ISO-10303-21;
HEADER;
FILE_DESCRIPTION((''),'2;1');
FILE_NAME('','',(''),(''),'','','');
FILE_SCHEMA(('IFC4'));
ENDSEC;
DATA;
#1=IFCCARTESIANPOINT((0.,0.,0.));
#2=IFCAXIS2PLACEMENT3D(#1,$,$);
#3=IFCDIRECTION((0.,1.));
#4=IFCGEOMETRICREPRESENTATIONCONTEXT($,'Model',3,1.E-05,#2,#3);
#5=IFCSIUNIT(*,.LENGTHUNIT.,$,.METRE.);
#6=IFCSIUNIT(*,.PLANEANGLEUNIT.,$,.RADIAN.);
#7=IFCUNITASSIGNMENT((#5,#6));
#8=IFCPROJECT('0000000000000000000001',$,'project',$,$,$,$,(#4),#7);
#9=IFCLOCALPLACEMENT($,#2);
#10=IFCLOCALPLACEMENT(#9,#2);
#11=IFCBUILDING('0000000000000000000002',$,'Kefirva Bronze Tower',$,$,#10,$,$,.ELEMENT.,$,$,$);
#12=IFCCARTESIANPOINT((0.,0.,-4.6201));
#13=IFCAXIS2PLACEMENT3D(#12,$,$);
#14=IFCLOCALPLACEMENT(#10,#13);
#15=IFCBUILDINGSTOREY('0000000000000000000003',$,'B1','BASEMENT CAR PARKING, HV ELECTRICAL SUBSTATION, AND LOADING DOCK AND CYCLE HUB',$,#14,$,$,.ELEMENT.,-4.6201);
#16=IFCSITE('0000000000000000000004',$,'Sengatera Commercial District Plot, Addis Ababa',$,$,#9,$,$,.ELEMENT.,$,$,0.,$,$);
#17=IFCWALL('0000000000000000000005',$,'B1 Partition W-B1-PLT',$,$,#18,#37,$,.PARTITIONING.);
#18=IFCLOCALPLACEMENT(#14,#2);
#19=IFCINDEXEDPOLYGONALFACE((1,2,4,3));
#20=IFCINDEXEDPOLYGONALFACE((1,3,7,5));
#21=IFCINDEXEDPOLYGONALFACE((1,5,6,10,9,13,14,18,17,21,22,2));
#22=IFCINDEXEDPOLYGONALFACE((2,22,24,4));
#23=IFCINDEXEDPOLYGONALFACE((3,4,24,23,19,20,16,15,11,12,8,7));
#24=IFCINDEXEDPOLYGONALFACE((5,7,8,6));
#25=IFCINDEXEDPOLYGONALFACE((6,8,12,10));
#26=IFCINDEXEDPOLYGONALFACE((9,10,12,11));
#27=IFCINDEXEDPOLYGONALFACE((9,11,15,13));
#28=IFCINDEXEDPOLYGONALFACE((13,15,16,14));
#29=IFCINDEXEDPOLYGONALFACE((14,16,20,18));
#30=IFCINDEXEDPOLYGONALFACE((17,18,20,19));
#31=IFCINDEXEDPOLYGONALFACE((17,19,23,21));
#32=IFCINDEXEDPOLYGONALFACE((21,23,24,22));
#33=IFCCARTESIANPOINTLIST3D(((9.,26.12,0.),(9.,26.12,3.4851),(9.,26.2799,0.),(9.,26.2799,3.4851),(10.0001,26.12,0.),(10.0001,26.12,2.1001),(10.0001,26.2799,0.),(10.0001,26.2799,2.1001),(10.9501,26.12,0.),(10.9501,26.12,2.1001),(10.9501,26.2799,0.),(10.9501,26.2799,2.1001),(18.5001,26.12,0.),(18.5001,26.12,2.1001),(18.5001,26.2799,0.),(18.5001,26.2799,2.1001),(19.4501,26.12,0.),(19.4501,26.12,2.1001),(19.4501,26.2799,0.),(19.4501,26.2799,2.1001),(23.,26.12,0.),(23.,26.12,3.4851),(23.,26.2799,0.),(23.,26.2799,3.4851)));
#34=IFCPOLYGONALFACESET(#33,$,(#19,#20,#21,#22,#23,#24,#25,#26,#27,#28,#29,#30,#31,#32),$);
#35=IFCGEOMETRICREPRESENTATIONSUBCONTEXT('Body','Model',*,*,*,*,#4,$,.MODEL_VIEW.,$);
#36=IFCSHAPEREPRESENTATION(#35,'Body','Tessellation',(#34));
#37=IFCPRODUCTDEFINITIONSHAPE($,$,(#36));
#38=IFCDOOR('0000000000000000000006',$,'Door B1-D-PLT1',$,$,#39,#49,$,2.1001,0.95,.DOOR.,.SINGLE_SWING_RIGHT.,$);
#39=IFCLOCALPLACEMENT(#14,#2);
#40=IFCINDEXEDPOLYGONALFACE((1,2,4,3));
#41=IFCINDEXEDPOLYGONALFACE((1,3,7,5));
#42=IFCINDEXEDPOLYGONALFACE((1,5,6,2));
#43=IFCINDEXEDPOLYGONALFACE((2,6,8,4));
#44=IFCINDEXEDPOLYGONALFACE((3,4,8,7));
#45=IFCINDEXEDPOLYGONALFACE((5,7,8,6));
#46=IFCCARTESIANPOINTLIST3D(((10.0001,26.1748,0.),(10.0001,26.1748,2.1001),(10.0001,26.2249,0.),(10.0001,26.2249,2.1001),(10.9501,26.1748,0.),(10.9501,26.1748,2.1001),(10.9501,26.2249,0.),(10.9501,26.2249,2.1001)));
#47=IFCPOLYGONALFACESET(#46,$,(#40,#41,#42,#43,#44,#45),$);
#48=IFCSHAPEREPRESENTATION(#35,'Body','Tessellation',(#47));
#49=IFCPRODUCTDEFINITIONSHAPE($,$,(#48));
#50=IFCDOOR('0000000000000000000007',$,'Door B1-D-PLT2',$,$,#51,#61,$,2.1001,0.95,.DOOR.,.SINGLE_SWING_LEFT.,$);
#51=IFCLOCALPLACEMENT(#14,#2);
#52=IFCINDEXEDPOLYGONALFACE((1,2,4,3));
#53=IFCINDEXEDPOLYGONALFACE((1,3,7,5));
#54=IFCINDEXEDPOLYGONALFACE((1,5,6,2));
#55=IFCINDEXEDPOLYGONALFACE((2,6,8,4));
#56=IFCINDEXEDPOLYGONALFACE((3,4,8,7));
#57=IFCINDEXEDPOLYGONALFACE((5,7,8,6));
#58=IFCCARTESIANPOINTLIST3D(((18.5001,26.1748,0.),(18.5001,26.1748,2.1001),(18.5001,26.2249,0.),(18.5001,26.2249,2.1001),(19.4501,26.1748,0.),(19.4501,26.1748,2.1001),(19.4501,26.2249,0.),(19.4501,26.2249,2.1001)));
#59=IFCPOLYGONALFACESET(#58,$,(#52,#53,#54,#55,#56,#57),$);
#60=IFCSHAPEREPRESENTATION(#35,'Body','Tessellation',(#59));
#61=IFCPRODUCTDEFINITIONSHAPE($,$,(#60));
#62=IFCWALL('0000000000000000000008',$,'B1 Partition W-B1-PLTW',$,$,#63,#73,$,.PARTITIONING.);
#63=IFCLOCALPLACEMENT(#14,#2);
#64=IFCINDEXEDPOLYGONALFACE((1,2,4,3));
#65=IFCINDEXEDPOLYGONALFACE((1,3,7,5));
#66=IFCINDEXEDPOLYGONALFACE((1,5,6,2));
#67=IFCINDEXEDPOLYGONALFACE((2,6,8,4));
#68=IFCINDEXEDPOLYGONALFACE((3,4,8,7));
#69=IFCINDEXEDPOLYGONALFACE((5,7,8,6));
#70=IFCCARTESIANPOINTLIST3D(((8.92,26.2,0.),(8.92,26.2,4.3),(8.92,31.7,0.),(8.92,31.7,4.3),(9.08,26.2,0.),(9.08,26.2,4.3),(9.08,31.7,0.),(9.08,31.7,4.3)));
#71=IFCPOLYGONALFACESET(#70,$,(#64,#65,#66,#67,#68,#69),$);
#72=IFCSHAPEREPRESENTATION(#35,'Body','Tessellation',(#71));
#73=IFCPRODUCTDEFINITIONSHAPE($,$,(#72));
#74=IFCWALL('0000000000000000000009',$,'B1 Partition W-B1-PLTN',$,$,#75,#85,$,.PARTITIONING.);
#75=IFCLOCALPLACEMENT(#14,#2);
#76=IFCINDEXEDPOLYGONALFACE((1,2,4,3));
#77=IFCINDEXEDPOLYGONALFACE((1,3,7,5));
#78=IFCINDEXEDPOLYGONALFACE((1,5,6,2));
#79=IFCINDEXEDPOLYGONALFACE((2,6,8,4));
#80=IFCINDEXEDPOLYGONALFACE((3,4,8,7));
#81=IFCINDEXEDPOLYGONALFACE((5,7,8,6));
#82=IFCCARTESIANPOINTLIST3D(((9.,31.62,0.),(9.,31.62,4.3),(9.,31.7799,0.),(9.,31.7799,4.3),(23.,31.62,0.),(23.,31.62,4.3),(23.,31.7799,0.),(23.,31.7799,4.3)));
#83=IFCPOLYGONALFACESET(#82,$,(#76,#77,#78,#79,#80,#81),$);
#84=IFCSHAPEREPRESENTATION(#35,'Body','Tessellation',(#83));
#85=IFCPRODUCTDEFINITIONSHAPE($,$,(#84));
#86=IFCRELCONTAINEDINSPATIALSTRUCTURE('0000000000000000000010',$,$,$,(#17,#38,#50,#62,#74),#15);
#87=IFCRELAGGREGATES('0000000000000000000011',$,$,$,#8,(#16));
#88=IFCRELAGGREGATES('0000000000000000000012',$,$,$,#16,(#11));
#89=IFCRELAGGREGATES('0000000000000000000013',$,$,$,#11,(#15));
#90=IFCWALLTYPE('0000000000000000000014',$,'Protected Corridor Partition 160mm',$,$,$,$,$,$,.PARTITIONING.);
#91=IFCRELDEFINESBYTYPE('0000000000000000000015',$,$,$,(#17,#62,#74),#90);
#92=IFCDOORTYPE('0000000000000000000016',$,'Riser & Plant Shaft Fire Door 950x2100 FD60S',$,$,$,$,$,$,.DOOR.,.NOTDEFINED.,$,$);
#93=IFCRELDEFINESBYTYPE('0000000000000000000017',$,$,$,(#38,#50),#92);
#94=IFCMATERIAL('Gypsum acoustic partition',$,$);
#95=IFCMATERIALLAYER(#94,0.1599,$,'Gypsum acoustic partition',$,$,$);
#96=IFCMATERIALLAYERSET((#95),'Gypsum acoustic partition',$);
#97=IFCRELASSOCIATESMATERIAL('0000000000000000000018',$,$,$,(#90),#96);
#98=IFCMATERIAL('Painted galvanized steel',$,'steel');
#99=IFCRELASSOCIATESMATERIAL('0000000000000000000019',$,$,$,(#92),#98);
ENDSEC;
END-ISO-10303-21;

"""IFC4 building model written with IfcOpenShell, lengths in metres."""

from ifc_helpers import new_model, si_unit, direction, frame, frame_2d, origin, place, context, subcontext, project, spatial, rectangle, extrude, material, layer, layer_set, type_object, element, fill, save


model = new_model("IFC4")

# Units and contexts
model_context = context("Model", 3, precision=1e-05, world=origin(), true_north=direction((0.0, 1.0)))
body_context = subcontext(model_context, "Body", "Model", "MODEL_VIEW")
ifc_project = project(units=[si_unit("LENGTHUNIT", "METRE"), si_unit("PLANEANGLEUNIT", "RADIAN")], contexts=[model_context])

# Site, building, storey
site_placement = place(None, origin())
site = spatial("IfcSite", under=ifc_project, at=site_placement, Name="Sengatera Commercial District Plot, Addis Ababa", CompositionType="ELEMENT", RefElevation=0.0)
building_placement = place(site_placement, origin())
building = spatial("IfcBuilding", under=site, at=building_placement, Name="Kefirva Bronze Tower", CompositionType="ELEMENT")
storey_placement = place(building_placement, frame((0.0, 0.0, -4.6201)))
storey = spatial("IfcBuildingStorey", under=building, at=storey_placement, Name="B1", Description="BASEMENT CAR PARKING, HV ELECTRICAL SUBSTATION, AND LOADING DOCK AND CYCLE HUB", CompositionType="ELEMENT", Elevation=-4.6201)

# Wall, openings, doors
ifc_material_1 = material(Name="Gypsum acoustic partition")
ifc_layer_1 = layer(ifc_material_1, 0.1599, Name="Gypsum acoustic partition")
ifc_layer_set_1 = layer_set([ifc_layer_1], Name="Gypsum acoustic partition")
wall_type_1 = type_object("IfcWallType", Name="Protected Corridor Partition 160mm", PredefinedType="PARTITIONING", material=ifc_layer_set_1)
wall_1_placement = place(storey_placement, frame((9.0, 26.2, 0.0), z_axis=(0.0, 0.0, 1.0), x_axis=(1.0, 0.0, 0.0)))
wall_1 = element("IfcWall", 1, at=wall_1_placement, inside=storey, type_object=wall_type_1, Name="B1 Partition W-B1-PLT", PredefinedType="PARTITIONING", context=body_context, shape_type="SweptSolid", body=[
    extrude(rectangle(XDim=14.0, YDim=0.1599, at=frame_2d((7.0, 0.0))), origin(), (0.0, 0.0, 1.0), 3.4851),
])
opening_1_placement = place(wall_1_placement, frame((1.0, 0.0, 0.0)))
opening_1 = element("IfcOpeningElement", 2, at=opening_1_placement, cuts=wall_1, PredefinedType="OPENING", context=body_context, shape_type="SweptSolid", body=[
    extrude(rectangle(XDim=0.95, YDim=2.1001, at=frame_2d((0.4751, 1.05))), frame((0.0, 0.0898, 0.0), z_axis=(0.0, -1.0, 0.0), x_axis=(1.0, 0.0, 0.0)), (0.0, 0.0, 1.0), 0.1799),
])
opening_2_placement = place(wall_1_placement, frame((9.5, 0.0, 0.0)))
opening_2 = element("IfcOpeningElement", 3, at=opening_2_placement, cuts=wall_1, PredefinedType="OPENING", context=body_context, shape_type="SweptSolid", body=[
    extrude(rectangle(XDim=0.95, YDim=2.1001, at=frame_2d((0.4751, 1.05))), frame((0.0, 0.0898, 0.0), z_axis=(0.0, -1.0, 0.0), x_axis=(1.0, 0.0, 0.0)), (0.0, 0.0, 1.0), 0.1799),
])
ifc_material_2 = material(Name="Painted galvanized steel", Category="steel")
door_type_1 = type_object("IfcDoorType", Name="Riser & Plant Shaft Fire Door 950x2100 FD60S", OperationType="NOTDEFINED", PredefinedType="DOOR", material=ifc_material_2)
door_1_placement = place(opening_1_placement, origin())
door_1 = element("IfcDoor", 4, at=door_1_placement, inside=storey, type_object=door_type_1, Name="Door B1-D-PLT1", OperationType="SINGLE_SWING_RIGHT", OverallHeight=2.1001, OverallWidth=0.95, PredefinedType="DOOR", context=body_context, shape_type="SweptSolid", body=[
    extrude(rectangle(XDim=0.95, YDim=2.1001, at=frame_2d((0.4751, 1.05))), frame((0.0, 0.0249, 0.0), z_axis=(0.0, -1.0, 0.0), x_axis=(1.0, 0.0, 0.0)), (0.0, 0.0, 1.0), 0.05),
])
fill(opening_1, door_1)
door_2_placement = place(opening_2_placement, origin())
door_2 = element("IfcDoor", 5, at=door_2_placement, inside=storey, type_object=door_type_1, Name="Door B1-D-PLT2", OperationType="SINGLE_SWING_LEFT", OverallHeight=2.1001, OverallWidth=0.95, PredefinedType="DOOR", context=body_context, shape_type="SweptSolid", body=[
    extrude(rectangle(XDim=0.95, YDim=2.1001, at=frame_2d((0.4751, 1.05))), frame((0.0, 0.0249, 0.0), z_axis=(0.0, -1.0, 0.0), x_axis=(1.0, 0.0, 0.0)), (0.0, 0.0, 1.0), 0.05),
])
fill(opening_2, door_2)

# Walls
wall_2_placement = place(storey_placement, frame((9.0, 26.2, 0.0), z_axis=(0.0, 0.0, 1.0), x_axis=(0.0, 1.0, 0.0)))
element("IfcWall", 6, at=wall_2_placement, inside=storey, type_object=wall_type_1, Name="B1 Partition W-B1-PLTW", PredefinedType="PARTITIONING", context=body_context, shape_type="SweptSolid", body=[
    extrude(rectangle(XDim=5.5, YDim=0.1599, at=frame_2d((2.75, 0.0))), origin(), (0.0, 0.0, 1.0), 4.3),
])
wall_3_placement = place(storey_placement, frame((9.0, 31.7, 0.0), z_axis=(0.0, 0.0, 1.0), x_axis=(1.0, 0.0, 0.0)))
element("IfcWall", 7, at=wall_3_placement, inside=storey, type_object=wall_type_1, Name="B1 Partition W-B1-PLTN", PredefinedType="PARTITIONING", context=body_context, shape_type="SweptSolid", body=[
    extrude(rectangle(XDim=14.0, YDim=0.1599, at=frame_2d((7.0, 0.0))), origin(), (0.0, 0.0, 1.0), 4.3),
])

save(model, "model.ifc")
